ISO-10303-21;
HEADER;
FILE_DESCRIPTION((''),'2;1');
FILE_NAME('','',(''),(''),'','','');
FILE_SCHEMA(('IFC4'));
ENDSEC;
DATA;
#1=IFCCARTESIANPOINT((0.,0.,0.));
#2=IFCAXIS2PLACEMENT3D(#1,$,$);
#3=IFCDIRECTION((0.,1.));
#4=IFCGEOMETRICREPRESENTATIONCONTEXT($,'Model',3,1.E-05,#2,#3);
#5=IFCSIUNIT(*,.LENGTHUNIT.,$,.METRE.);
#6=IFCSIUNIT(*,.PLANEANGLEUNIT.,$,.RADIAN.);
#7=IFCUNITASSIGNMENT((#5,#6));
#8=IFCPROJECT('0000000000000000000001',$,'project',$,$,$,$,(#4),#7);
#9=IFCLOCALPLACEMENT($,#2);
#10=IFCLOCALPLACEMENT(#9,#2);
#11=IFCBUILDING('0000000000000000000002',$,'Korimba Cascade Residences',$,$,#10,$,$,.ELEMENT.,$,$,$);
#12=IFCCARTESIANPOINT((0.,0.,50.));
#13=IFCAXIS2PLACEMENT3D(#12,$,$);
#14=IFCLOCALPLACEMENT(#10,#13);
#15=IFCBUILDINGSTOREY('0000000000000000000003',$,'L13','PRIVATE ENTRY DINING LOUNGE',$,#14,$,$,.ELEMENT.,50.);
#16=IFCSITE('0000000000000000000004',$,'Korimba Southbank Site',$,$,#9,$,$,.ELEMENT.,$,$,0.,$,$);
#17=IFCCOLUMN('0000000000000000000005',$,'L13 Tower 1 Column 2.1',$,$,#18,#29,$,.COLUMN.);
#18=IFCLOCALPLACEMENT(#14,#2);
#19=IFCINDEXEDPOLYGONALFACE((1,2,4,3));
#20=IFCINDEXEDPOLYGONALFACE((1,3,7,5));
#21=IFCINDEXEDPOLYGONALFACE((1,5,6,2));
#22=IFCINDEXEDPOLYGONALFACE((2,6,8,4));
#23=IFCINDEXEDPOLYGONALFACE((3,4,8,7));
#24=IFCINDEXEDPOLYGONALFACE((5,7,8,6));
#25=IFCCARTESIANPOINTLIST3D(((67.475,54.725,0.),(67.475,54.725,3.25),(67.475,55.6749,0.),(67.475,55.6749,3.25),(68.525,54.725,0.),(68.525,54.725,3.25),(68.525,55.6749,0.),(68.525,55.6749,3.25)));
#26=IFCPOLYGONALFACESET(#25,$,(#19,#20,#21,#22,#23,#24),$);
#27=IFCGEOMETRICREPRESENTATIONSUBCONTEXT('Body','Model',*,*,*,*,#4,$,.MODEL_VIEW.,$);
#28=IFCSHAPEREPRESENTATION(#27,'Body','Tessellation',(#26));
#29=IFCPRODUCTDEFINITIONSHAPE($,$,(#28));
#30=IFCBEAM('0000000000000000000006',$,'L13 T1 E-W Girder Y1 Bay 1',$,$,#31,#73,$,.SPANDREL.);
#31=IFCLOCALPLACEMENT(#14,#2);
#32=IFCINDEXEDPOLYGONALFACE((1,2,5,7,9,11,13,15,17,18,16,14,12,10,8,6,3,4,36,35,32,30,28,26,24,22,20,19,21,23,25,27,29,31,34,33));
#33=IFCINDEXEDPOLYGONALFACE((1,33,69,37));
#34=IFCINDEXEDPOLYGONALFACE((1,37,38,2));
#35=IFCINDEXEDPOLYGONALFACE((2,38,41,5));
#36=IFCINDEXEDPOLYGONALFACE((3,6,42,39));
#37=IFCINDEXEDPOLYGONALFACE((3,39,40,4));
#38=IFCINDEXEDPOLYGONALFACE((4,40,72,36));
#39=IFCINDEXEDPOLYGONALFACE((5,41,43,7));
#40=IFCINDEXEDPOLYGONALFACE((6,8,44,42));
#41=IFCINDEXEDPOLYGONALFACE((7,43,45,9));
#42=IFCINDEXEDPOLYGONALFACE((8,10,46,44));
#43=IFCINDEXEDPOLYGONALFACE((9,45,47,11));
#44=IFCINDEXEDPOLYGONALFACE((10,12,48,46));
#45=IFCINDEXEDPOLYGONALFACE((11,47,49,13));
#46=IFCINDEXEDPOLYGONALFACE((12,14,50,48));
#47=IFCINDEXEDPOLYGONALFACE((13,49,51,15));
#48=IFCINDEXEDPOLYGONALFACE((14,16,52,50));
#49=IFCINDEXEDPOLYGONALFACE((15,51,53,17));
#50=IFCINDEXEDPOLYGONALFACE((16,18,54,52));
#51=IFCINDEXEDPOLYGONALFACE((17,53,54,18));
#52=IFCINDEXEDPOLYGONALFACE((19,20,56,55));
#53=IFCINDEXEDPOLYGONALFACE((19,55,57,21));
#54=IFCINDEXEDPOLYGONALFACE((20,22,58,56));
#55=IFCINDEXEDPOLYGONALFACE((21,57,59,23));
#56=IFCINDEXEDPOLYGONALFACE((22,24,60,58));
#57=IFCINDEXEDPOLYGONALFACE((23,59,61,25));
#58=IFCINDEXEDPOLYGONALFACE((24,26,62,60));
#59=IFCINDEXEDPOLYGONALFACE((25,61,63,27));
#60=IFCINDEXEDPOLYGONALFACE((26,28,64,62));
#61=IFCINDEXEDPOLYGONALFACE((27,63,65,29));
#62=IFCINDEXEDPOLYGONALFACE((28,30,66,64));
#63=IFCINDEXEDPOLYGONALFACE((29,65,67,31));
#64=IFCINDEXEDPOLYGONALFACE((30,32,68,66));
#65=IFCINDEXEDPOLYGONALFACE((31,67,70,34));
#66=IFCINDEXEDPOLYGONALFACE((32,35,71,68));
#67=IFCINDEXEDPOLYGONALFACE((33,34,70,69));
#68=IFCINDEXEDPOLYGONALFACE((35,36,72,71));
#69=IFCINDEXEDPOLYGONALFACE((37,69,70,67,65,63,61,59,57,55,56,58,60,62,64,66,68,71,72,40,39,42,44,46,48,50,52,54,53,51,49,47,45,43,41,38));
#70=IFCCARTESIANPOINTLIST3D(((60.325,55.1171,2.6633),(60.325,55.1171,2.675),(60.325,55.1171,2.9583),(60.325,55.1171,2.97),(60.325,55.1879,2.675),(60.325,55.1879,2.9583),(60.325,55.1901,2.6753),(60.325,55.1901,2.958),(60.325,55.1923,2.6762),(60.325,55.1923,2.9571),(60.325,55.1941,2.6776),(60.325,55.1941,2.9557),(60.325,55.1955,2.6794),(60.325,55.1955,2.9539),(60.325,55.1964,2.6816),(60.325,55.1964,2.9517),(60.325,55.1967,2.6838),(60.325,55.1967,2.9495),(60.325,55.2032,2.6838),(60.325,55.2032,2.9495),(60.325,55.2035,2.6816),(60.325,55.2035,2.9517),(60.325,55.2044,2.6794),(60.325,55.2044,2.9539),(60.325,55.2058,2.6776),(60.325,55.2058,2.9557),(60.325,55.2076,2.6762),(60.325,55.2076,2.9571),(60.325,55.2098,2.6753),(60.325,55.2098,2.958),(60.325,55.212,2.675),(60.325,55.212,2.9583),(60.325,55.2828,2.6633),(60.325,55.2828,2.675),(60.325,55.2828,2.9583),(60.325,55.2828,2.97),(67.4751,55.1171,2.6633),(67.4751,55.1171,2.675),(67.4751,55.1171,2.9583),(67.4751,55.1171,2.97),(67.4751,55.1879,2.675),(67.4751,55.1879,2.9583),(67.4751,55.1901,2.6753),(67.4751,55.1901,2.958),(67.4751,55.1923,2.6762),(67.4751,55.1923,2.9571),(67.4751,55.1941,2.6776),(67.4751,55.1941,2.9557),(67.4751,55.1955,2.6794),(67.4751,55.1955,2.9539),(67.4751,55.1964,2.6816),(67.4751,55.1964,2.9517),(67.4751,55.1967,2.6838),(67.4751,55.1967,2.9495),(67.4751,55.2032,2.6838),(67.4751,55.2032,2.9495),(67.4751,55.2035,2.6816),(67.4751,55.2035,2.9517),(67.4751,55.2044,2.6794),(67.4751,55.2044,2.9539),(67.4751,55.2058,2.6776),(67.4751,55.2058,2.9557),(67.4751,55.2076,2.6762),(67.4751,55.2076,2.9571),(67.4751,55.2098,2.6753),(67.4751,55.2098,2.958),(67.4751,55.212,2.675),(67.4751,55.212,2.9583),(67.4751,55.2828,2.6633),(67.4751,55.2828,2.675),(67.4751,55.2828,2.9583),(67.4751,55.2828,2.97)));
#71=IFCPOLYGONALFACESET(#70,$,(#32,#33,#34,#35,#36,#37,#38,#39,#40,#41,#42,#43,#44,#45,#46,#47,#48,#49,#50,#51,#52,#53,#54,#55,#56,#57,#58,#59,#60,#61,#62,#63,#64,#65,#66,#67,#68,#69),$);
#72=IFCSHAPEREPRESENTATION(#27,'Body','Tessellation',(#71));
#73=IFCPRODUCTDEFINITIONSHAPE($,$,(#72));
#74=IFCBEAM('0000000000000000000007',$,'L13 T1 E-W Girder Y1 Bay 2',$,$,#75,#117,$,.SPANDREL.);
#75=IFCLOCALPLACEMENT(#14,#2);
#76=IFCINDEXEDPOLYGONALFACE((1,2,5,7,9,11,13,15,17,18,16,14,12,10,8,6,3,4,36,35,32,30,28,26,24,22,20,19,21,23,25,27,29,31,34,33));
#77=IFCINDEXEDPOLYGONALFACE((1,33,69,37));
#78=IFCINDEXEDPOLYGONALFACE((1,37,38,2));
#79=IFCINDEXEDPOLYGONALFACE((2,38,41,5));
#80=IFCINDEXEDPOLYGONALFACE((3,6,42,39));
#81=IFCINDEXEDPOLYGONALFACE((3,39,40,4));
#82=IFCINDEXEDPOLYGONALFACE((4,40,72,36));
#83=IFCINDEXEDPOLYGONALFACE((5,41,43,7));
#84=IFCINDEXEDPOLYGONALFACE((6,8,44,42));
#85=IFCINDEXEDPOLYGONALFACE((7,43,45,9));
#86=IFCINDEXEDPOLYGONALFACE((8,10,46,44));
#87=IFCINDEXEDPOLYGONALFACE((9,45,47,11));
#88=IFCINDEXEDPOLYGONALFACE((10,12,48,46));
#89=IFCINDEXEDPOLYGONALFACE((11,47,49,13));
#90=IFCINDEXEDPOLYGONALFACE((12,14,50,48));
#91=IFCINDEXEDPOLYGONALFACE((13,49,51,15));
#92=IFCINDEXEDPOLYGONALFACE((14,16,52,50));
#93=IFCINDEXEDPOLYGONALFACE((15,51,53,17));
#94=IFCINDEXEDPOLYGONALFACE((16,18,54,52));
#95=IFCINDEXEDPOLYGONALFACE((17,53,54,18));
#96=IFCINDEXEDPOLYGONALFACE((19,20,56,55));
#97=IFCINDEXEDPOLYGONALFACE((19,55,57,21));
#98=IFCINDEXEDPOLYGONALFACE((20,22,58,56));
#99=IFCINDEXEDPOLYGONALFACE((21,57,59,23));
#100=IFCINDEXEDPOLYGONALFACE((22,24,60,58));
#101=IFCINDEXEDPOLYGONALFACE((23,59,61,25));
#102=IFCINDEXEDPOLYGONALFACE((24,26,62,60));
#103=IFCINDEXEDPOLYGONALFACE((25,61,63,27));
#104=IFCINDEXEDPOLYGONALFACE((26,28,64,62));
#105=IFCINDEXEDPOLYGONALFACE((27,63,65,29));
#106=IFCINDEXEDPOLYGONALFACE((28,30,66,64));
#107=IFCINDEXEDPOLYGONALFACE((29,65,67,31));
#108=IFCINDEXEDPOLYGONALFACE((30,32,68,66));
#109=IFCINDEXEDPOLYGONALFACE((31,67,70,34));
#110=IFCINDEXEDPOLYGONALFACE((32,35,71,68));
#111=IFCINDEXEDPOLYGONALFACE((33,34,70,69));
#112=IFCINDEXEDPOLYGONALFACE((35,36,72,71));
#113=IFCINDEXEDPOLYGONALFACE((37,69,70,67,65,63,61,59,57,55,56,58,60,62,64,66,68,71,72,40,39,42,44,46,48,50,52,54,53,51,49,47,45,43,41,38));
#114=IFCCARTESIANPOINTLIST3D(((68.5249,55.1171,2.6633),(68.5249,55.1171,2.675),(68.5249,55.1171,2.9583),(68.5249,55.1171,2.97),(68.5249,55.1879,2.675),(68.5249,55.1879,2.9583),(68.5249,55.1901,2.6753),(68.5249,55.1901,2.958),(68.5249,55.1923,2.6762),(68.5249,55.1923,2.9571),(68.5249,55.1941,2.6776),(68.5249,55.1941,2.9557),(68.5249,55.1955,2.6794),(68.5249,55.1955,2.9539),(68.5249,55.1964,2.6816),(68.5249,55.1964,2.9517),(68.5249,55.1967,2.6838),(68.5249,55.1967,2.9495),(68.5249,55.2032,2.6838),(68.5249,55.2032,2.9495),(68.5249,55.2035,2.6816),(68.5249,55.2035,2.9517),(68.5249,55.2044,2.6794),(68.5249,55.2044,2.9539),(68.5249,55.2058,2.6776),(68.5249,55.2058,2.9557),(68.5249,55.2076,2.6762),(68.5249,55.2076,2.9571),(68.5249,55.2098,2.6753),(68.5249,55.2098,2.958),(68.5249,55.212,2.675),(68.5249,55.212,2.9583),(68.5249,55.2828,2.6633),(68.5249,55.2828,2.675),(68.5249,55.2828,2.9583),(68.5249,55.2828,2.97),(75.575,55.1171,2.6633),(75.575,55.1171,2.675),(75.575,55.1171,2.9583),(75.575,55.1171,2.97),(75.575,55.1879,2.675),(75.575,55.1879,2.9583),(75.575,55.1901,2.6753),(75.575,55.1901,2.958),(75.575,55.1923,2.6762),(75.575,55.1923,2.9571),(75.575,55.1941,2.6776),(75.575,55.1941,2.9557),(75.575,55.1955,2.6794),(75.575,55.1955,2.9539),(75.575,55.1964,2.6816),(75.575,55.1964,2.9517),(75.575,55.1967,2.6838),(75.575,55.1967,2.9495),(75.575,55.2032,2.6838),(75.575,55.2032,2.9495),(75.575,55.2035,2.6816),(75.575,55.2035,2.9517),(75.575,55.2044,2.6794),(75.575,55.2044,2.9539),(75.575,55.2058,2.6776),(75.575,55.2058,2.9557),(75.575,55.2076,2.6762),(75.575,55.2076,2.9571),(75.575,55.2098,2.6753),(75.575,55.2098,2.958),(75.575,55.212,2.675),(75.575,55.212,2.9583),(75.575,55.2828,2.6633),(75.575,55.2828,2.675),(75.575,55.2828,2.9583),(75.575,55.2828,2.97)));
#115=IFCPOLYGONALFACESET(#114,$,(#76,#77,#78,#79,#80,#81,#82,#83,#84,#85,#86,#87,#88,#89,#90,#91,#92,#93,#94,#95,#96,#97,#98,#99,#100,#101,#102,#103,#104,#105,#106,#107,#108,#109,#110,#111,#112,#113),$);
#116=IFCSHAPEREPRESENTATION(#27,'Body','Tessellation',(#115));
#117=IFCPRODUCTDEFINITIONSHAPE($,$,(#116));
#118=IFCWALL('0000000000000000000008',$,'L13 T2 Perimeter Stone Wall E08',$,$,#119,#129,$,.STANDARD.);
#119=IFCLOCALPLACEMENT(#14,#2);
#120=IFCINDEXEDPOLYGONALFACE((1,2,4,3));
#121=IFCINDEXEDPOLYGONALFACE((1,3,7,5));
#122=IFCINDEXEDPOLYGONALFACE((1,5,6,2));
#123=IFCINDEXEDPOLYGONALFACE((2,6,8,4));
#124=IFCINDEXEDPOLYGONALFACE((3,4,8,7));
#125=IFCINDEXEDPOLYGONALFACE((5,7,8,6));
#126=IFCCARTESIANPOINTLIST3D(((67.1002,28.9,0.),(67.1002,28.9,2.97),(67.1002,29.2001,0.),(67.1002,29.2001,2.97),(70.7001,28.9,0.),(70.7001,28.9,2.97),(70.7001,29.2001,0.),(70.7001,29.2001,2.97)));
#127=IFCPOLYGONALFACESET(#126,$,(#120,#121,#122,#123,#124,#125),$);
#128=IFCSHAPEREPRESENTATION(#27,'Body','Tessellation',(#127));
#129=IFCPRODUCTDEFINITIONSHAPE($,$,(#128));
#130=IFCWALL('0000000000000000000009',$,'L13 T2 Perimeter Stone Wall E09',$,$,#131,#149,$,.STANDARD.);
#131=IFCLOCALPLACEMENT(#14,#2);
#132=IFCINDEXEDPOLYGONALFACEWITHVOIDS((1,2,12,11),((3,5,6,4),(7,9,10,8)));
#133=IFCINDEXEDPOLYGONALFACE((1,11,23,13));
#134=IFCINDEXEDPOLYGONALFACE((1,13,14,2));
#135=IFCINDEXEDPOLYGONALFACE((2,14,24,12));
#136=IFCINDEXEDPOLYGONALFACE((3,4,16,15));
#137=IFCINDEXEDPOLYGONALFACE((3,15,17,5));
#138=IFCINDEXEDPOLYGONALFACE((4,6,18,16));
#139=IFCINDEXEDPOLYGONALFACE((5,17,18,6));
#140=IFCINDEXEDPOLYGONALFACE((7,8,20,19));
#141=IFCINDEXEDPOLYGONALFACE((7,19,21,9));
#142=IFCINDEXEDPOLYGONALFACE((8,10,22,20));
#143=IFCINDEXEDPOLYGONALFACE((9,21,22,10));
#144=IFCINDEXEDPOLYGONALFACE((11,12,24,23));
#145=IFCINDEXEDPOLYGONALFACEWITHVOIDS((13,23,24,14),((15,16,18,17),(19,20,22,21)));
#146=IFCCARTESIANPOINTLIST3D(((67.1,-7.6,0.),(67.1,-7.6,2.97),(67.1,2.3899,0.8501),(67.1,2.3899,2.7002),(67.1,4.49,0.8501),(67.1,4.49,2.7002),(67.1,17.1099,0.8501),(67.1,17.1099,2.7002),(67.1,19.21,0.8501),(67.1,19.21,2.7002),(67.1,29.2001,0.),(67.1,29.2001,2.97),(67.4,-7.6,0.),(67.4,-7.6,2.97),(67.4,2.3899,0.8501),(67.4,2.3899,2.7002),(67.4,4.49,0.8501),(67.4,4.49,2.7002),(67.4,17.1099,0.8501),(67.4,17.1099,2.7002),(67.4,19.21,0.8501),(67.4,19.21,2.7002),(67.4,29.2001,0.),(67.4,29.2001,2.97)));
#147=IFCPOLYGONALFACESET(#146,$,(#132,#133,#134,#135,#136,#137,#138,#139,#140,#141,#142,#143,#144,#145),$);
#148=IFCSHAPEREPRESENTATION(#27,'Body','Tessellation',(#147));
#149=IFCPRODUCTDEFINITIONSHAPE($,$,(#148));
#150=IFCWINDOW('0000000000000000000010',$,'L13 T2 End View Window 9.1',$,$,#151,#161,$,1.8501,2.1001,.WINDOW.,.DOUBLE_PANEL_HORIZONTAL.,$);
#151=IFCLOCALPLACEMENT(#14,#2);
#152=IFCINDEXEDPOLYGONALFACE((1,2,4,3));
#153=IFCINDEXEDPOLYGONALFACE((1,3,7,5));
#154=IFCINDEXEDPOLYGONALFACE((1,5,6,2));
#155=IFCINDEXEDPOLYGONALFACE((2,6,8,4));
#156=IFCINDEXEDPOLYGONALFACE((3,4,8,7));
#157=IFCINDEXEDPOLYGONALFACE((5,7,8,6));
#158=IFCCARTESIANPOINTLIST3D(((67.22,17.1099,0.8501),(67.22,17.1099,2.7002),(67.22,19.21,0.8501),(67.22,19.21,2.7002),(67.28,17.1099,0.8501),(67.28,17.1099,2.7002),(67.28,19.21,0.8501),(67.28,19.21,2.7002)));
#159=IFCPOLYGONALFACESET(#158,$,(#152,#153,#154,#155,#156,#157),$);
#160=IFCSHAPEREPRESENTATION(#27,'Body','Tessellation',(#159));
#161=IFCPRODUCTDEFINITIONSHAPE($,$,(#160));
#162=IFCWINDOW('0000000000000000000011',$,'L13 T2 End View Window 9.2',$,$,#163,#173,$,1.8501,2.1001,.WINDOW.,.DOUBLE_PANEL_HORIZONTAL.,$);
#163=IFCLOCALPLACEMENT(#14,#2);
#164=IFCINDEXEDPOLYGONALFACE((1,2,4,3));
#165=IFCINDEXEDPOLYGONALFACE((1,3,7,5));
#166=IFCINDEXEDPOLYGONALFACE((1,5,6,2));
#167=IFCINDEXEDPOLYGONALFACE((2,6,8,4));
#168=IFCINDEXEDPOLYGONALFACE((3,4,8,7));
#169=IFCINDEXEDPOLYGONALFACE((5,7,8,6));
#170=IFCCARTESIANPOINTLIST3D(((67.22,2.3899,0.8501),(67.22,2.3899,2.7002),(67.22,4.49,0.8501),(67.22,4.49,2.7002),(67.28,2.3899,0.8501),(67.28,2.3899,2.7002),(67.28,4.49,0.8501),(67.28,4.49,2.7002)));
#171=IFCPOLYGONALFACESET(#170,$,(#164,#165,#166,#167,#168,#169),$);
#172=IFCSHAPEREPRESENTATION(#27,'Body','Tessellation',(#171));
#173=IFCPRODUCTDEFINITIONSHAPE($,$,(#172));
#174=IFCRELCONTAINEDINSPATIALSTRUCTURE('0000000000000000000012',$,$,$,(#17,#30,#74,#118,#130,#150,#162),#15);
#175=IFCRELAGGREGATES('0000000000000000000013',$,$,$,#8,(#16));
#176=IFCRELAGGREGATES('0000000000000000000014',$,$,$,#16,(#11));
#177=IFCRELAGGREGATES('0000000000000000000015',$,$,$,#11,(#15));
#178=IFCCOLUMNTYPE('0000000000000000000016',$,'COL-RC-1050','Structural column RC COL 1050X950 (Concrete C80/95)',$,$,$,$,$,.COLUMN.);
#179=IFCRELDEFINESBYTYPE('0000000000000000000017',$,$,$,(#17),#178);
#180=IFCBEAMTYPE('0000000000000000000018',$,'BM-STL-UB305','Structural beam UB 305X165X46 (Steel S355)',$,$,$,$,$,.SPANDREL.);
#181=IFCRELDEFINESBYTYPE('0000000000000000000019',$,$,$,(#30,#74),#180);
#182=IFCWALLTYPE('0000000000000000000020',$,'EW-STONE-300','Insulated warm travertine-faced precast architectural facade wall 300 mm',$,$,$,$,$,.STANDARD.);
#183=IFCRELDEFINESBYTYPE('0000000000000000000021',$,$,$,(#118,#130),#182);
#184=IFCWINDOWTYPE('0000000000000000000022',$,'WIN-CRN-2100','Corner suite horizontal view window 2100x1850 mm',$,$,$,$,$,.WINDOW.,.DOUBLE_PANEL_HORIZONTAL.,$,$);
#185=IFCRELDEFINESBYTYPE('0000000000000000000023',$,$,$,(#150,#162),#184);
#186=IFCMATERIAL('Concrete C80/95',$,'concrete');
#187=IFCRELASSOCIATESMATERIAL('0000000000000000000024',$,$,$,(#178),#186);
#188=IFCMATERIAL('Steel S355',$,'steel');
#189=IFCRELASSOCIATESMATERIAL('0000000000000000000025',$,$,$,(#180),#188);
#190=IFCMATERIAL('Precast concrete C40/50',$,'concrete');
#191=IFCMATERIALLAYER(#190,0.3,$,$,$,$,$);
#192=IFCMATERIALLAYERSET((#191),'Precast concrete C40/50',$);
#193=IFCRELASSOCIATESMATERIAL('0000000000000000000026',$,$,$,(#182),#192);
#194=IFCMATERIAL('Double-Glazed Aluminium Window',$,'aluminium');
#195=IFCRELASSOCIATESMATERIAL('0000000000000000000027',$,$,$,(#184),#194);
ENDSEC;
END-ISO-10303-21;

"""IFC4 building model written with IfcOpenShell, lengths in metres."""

from ifc_helpers import new_model, si_unit, direction, frame, frame_2d, origin, origin_2d, place, context, subcontext, project, spatial, rectangle, i_section, extrude, material, layer, layer_set, material_profile, profile_set, type_object, element, fill, save


model = new_model("IFC4")

# Units and contexts
model_context = context("Model", 3, precision=1e-05, world=origin(), true_north=direction((0.0, 1.0)))
body_context = subcontext(model_context, "Body", "Model", "MODEL_VIEW")
ifc_project = project(units=[si_unit("LENGTHUNIT", "METRE"), si_unit("PLANEANGLEUNIT", "RADIAN")], contexts=[model_context])

# Site, building, storey
site_placement = place(None, origin())
site = spatial("IfcSite", under=ifc_project, at=site_placement, Name="Korimba Southbank Site", CompositionType="ELEMENT", RefElevation=0.0)
building_placement = place(site_placement, origin())
building = spatial("IfcBuilding", under=site, at=building_placement, Name="Korimba Cascade Residences", CompositionType="ELEMENT")
storey_placement = place(building_placement, frame((0.0, 0.0, 50.0)))
storey = spatial("IfcBuildingStorey", under=building, at=storey_placement, Name="L13", Description="PRIVATE ENTRY DINING LOUNGE", CompositionType="ELEMENT", Elevation=50.0)

# Column
ifc_material_1 = material(Name="Concrete C80/95", Category="concrete")
ifc_material_profile_1 = material_profile(ifc_material_1, rectangle(XDim=1.05, YDim=0.95, at=origin_2d()), Name="Concrete C80/95")
ifc_profile_set_1 = profile_set([ifc_material_profile_1], Name="Concrete C80/95")
column_type = type_object("IfcColumnType", Name="COL-RC-1050", Description="Structural column RC COL 1050X950 (Concrete C80/95)", PredefinedType="COLUMN", material=ifc_profile_set_1)
column_placement = place(storey_placement, frame((68.0, 55.2, 0.0), z_axis=(0.0, 0.0, 1.0), x_axis=(1.0, 0.0, 0.0)))
element("IfcColumn", 1, at=column_placement, inside=storey, type_object=column_type, Name="L13 Tower 1 Column 2.1", PredefinedType="COLUMN", context=body_context, shape_type="SweptSolid", body=[
    extrude(rectangle(XDim=1.05, YDim=0.95, at=origin_2d()), origin(), (0.0, 0.0, 1.0), 3.25),
])

# Beams
ifc_material_2 = material(Name="Steel S355", Category="steel")
ifc_material_profile_2 = material_profile(ifc_material_2, i_section(OverallWidth=0.1658, OverallDepth=0.3066, WebThickness=0.0066, FlangeThickness=0.0117, FilletRadius=0.0088, at=origin_2d()), Name="Steel S355")
ifc_profile_set_2 = profile_set([ifc_material_profile_2], Name="Steel S355")
beam_type = type_object("IfcBeamType", Name="BM-STL-UB305", Description="Structural beam UB 305X165X46 (Steel S355)", PredefinedType="SPANDREL", material=ifc_profile_set_2)
beam_1_placement = place(storey_placement, frame((60.325, 55.2, 2.8167), z_axis=(1.0, 0.0, 0.0), x_axis=(0.0, 1.0, 0.0)))
element("IfcBeam", 2, at=beam_1_placement, inside=storey, type_object=beam_type, Name="L13 T1 E-W Girder Y1 Bay 1", PredefinedType="SPANDREL", context=body_context, shape_type="SweptSolid", body=[
    extrude(i_section(OverallWidth=0.1658, OverallDepth=0.3066, WebThickness=0.0066, FlangeThickness=0.0117, FilletRadius=0.0088, at=origin_2d()), origin(), (0.0, 0.0, 1.0), 7.1501),
])
beam_2_placement = place(storey_placement, frame((68.5249, 55.2, 2.8167), z_axis=(1.0, 0.0, 0.0), x_axis=(0.0, 1.0, 0.0)))
element("IfcBeam", 3, at=beam_2_placement, inside=storey, type_object=beam_type, Name="L13 T1 E-W Girder Y1 Bay 2", PredefinedType="SPANDREL", context=body_context, shape_type="SweptSolid", body=[
    extrude(i_section(OverallWidth=0.1658, OverallDepth=0.3066, WebThickness=0.0066, FlangeThickness=0.0117, FilletRadius=0.0088, at=origin_2d()), origin(), (0.0, 0.0, 1.0), 7.05),
])

# Wall
ifc_material_3 = material(Name="Precast concrete C40/50", Category="concrete")
ifc_layer_1 = layer(ifc_material_3, 0.3)
ifc_layer_set_1 = layer_set([ifc_layer_1], Name="Precast concrete C40/50")
wall_type_1 = type_object("IfcWallType", Name="EW-STONE-300", Description="Insulated warm travertine-faced precast architectural facade wall 300 mm", PredefinedType="STANDARD", material=ifc_layer_set_1)
wall_1_placement = place(storey_placement, frame((70.7, 29.05, 0.0), z_axis=(0.0, 0.0, 1.0), x_axis=(-1.0, 0.0, 0.0)))
element("IfcWall", 4, at=wall_1_placement, inside=storey, type_object=wall_type_1, Name="L13 T2 Perimeter Stone Wall E08", PredefinedType="STANDARD", context=body_context, shape_type="SweptSolid", body=[
    extrude(rectangle(XDim=3.5999, YDim=0.3, at=frame_2d((1.7998, 0.0))), origin(), (0.0, 0.0, 1.0), 2.97),
])

# Wall, openings, windows
wall_2_placement = place(storey_placement, frame((67.25, 29.2, 0.0), z_axis=(0.0, 0.0, 1.0), x_axis=(0.0, -1.0, 0.0)))
wall_2 = element("IfcWall", 5, at=wall_2_placement, inside=storey, type_object=wall_type_1, Name="L13 T2 Perimeter Stone Wall E09", PredefinedType="STANDARD", context=body_context, shape_type="SweptSolid", body=[
    extrude(rectangle(XDim=36.8, YDim=0.3, at=frame_2d((18.3999, 0.0))), origin(), (0.0, 0.0, 1.0), 2.97),
])
opening_1_placement = place(wall_2_placement, frame((9.99, 0.0, 0.8501)))
opening_1 = element("IfcOpeningElement", 6, at=opening_1_placement, cuts=wall_2, PredefinedType="OPENING", context=body_context, shape_type="SweptSolid", body=[
    extrude(rectangle(XDim=2.1001, YDim=1.8501, at=frame_2d((1.05, 0.925))), frame((0.0, 0.1602, 0.0), z_axis=(0.0, -1.0, 0.0), x_axis=(1.0, 0.0, 0.0)), (0.0, 0.0, 1.0), 0.3201),
])
opening_2_placement = place(wall_2_placement, frame((24.71, 0.0, 0.8501)))
opening_2 = element("IfcOpeningElement", 7, at=opening_2_placement, cuts=wall_2, PredefinedType="OPENING", context=body_context, shape_type="SweptSolid", body=[
    extrude(rectangle(XDim=2.1001, YDim=1.8501, at=frame_2d((1.05, 0.925))), frame((0.0, 0.1602, 0.0), z_axis=(0.0, -1.0, 0.0), x_axis=(1.0, 0.0, 0.0)), (0.0, 0.0, 1.0), 0.3201),
])
ifc_material_4 = material(Name="Double-Glazed Aluminium Window", Category="aluminium")
window_type = type_object("IfcWindowType", Name="WIN-CRN-2100", Description="Corner suite horizontal view window 2100x1850 mm", PartitioningType="DOUBLE_PANEL_HORIZONTAL", PredefinedType="WINDOW", material=ifc_material_4)
window_1_placement = place(opening_1_placement, origin())
window_1 = element("IfcWindow", 8, at=window_1_placement, inside=storey, type_object=window_type, Name="L13 T2 End View Window 9.1", OverallHeight=1.8501, OverallWidth=2.1001, PartitioningType="DOUBLE_PANEL_HORIZONTAL", PredefinedType="WINDOW", context=body_context, shape_type="SweptSolid", body=[
    extrude(rectangle(XDim=2.1001, YDim=1.8501, at=frame_2d((1.05, 0.925))), frame((0.0, 0.03, 0.0), z_axis=(0.0, -1.0, 0.0), x_axis=(1.0, 0.0, 0.0)), (0.0, 0.0, 1.0), 0.0601),
])
fill(opening_1, window_1)
window_2_placement = place(opening_2_placement, origin())
window_2 = element("IfcWindow", 9, at=window_2_placement, inside=storey, type_object=window_type, Name="L13 T2 End View Window 9.2", OverallHeight=1.8501, OverallWidth=2.1001, PartitioningType="DOUBLE_PANEL_HORIZONTAL", PredefinedType="WINDOW", context=body_context, shape_type="SweptSolid", body=[
    extrude(rectangle(XDim=2.1001, YDim=1.8501, at=frame_2d((1.05, 0.925))), frame((0.0, 0.03, 0.0), z_axis=(0.0, -1.0, 0.0), x_axis=(1.0, 0.0, 0.0)), (0.0, 0.0, 1.0), 0.0601),
])
fill(opening_2, window_2)

save(model, "model.ifc")
